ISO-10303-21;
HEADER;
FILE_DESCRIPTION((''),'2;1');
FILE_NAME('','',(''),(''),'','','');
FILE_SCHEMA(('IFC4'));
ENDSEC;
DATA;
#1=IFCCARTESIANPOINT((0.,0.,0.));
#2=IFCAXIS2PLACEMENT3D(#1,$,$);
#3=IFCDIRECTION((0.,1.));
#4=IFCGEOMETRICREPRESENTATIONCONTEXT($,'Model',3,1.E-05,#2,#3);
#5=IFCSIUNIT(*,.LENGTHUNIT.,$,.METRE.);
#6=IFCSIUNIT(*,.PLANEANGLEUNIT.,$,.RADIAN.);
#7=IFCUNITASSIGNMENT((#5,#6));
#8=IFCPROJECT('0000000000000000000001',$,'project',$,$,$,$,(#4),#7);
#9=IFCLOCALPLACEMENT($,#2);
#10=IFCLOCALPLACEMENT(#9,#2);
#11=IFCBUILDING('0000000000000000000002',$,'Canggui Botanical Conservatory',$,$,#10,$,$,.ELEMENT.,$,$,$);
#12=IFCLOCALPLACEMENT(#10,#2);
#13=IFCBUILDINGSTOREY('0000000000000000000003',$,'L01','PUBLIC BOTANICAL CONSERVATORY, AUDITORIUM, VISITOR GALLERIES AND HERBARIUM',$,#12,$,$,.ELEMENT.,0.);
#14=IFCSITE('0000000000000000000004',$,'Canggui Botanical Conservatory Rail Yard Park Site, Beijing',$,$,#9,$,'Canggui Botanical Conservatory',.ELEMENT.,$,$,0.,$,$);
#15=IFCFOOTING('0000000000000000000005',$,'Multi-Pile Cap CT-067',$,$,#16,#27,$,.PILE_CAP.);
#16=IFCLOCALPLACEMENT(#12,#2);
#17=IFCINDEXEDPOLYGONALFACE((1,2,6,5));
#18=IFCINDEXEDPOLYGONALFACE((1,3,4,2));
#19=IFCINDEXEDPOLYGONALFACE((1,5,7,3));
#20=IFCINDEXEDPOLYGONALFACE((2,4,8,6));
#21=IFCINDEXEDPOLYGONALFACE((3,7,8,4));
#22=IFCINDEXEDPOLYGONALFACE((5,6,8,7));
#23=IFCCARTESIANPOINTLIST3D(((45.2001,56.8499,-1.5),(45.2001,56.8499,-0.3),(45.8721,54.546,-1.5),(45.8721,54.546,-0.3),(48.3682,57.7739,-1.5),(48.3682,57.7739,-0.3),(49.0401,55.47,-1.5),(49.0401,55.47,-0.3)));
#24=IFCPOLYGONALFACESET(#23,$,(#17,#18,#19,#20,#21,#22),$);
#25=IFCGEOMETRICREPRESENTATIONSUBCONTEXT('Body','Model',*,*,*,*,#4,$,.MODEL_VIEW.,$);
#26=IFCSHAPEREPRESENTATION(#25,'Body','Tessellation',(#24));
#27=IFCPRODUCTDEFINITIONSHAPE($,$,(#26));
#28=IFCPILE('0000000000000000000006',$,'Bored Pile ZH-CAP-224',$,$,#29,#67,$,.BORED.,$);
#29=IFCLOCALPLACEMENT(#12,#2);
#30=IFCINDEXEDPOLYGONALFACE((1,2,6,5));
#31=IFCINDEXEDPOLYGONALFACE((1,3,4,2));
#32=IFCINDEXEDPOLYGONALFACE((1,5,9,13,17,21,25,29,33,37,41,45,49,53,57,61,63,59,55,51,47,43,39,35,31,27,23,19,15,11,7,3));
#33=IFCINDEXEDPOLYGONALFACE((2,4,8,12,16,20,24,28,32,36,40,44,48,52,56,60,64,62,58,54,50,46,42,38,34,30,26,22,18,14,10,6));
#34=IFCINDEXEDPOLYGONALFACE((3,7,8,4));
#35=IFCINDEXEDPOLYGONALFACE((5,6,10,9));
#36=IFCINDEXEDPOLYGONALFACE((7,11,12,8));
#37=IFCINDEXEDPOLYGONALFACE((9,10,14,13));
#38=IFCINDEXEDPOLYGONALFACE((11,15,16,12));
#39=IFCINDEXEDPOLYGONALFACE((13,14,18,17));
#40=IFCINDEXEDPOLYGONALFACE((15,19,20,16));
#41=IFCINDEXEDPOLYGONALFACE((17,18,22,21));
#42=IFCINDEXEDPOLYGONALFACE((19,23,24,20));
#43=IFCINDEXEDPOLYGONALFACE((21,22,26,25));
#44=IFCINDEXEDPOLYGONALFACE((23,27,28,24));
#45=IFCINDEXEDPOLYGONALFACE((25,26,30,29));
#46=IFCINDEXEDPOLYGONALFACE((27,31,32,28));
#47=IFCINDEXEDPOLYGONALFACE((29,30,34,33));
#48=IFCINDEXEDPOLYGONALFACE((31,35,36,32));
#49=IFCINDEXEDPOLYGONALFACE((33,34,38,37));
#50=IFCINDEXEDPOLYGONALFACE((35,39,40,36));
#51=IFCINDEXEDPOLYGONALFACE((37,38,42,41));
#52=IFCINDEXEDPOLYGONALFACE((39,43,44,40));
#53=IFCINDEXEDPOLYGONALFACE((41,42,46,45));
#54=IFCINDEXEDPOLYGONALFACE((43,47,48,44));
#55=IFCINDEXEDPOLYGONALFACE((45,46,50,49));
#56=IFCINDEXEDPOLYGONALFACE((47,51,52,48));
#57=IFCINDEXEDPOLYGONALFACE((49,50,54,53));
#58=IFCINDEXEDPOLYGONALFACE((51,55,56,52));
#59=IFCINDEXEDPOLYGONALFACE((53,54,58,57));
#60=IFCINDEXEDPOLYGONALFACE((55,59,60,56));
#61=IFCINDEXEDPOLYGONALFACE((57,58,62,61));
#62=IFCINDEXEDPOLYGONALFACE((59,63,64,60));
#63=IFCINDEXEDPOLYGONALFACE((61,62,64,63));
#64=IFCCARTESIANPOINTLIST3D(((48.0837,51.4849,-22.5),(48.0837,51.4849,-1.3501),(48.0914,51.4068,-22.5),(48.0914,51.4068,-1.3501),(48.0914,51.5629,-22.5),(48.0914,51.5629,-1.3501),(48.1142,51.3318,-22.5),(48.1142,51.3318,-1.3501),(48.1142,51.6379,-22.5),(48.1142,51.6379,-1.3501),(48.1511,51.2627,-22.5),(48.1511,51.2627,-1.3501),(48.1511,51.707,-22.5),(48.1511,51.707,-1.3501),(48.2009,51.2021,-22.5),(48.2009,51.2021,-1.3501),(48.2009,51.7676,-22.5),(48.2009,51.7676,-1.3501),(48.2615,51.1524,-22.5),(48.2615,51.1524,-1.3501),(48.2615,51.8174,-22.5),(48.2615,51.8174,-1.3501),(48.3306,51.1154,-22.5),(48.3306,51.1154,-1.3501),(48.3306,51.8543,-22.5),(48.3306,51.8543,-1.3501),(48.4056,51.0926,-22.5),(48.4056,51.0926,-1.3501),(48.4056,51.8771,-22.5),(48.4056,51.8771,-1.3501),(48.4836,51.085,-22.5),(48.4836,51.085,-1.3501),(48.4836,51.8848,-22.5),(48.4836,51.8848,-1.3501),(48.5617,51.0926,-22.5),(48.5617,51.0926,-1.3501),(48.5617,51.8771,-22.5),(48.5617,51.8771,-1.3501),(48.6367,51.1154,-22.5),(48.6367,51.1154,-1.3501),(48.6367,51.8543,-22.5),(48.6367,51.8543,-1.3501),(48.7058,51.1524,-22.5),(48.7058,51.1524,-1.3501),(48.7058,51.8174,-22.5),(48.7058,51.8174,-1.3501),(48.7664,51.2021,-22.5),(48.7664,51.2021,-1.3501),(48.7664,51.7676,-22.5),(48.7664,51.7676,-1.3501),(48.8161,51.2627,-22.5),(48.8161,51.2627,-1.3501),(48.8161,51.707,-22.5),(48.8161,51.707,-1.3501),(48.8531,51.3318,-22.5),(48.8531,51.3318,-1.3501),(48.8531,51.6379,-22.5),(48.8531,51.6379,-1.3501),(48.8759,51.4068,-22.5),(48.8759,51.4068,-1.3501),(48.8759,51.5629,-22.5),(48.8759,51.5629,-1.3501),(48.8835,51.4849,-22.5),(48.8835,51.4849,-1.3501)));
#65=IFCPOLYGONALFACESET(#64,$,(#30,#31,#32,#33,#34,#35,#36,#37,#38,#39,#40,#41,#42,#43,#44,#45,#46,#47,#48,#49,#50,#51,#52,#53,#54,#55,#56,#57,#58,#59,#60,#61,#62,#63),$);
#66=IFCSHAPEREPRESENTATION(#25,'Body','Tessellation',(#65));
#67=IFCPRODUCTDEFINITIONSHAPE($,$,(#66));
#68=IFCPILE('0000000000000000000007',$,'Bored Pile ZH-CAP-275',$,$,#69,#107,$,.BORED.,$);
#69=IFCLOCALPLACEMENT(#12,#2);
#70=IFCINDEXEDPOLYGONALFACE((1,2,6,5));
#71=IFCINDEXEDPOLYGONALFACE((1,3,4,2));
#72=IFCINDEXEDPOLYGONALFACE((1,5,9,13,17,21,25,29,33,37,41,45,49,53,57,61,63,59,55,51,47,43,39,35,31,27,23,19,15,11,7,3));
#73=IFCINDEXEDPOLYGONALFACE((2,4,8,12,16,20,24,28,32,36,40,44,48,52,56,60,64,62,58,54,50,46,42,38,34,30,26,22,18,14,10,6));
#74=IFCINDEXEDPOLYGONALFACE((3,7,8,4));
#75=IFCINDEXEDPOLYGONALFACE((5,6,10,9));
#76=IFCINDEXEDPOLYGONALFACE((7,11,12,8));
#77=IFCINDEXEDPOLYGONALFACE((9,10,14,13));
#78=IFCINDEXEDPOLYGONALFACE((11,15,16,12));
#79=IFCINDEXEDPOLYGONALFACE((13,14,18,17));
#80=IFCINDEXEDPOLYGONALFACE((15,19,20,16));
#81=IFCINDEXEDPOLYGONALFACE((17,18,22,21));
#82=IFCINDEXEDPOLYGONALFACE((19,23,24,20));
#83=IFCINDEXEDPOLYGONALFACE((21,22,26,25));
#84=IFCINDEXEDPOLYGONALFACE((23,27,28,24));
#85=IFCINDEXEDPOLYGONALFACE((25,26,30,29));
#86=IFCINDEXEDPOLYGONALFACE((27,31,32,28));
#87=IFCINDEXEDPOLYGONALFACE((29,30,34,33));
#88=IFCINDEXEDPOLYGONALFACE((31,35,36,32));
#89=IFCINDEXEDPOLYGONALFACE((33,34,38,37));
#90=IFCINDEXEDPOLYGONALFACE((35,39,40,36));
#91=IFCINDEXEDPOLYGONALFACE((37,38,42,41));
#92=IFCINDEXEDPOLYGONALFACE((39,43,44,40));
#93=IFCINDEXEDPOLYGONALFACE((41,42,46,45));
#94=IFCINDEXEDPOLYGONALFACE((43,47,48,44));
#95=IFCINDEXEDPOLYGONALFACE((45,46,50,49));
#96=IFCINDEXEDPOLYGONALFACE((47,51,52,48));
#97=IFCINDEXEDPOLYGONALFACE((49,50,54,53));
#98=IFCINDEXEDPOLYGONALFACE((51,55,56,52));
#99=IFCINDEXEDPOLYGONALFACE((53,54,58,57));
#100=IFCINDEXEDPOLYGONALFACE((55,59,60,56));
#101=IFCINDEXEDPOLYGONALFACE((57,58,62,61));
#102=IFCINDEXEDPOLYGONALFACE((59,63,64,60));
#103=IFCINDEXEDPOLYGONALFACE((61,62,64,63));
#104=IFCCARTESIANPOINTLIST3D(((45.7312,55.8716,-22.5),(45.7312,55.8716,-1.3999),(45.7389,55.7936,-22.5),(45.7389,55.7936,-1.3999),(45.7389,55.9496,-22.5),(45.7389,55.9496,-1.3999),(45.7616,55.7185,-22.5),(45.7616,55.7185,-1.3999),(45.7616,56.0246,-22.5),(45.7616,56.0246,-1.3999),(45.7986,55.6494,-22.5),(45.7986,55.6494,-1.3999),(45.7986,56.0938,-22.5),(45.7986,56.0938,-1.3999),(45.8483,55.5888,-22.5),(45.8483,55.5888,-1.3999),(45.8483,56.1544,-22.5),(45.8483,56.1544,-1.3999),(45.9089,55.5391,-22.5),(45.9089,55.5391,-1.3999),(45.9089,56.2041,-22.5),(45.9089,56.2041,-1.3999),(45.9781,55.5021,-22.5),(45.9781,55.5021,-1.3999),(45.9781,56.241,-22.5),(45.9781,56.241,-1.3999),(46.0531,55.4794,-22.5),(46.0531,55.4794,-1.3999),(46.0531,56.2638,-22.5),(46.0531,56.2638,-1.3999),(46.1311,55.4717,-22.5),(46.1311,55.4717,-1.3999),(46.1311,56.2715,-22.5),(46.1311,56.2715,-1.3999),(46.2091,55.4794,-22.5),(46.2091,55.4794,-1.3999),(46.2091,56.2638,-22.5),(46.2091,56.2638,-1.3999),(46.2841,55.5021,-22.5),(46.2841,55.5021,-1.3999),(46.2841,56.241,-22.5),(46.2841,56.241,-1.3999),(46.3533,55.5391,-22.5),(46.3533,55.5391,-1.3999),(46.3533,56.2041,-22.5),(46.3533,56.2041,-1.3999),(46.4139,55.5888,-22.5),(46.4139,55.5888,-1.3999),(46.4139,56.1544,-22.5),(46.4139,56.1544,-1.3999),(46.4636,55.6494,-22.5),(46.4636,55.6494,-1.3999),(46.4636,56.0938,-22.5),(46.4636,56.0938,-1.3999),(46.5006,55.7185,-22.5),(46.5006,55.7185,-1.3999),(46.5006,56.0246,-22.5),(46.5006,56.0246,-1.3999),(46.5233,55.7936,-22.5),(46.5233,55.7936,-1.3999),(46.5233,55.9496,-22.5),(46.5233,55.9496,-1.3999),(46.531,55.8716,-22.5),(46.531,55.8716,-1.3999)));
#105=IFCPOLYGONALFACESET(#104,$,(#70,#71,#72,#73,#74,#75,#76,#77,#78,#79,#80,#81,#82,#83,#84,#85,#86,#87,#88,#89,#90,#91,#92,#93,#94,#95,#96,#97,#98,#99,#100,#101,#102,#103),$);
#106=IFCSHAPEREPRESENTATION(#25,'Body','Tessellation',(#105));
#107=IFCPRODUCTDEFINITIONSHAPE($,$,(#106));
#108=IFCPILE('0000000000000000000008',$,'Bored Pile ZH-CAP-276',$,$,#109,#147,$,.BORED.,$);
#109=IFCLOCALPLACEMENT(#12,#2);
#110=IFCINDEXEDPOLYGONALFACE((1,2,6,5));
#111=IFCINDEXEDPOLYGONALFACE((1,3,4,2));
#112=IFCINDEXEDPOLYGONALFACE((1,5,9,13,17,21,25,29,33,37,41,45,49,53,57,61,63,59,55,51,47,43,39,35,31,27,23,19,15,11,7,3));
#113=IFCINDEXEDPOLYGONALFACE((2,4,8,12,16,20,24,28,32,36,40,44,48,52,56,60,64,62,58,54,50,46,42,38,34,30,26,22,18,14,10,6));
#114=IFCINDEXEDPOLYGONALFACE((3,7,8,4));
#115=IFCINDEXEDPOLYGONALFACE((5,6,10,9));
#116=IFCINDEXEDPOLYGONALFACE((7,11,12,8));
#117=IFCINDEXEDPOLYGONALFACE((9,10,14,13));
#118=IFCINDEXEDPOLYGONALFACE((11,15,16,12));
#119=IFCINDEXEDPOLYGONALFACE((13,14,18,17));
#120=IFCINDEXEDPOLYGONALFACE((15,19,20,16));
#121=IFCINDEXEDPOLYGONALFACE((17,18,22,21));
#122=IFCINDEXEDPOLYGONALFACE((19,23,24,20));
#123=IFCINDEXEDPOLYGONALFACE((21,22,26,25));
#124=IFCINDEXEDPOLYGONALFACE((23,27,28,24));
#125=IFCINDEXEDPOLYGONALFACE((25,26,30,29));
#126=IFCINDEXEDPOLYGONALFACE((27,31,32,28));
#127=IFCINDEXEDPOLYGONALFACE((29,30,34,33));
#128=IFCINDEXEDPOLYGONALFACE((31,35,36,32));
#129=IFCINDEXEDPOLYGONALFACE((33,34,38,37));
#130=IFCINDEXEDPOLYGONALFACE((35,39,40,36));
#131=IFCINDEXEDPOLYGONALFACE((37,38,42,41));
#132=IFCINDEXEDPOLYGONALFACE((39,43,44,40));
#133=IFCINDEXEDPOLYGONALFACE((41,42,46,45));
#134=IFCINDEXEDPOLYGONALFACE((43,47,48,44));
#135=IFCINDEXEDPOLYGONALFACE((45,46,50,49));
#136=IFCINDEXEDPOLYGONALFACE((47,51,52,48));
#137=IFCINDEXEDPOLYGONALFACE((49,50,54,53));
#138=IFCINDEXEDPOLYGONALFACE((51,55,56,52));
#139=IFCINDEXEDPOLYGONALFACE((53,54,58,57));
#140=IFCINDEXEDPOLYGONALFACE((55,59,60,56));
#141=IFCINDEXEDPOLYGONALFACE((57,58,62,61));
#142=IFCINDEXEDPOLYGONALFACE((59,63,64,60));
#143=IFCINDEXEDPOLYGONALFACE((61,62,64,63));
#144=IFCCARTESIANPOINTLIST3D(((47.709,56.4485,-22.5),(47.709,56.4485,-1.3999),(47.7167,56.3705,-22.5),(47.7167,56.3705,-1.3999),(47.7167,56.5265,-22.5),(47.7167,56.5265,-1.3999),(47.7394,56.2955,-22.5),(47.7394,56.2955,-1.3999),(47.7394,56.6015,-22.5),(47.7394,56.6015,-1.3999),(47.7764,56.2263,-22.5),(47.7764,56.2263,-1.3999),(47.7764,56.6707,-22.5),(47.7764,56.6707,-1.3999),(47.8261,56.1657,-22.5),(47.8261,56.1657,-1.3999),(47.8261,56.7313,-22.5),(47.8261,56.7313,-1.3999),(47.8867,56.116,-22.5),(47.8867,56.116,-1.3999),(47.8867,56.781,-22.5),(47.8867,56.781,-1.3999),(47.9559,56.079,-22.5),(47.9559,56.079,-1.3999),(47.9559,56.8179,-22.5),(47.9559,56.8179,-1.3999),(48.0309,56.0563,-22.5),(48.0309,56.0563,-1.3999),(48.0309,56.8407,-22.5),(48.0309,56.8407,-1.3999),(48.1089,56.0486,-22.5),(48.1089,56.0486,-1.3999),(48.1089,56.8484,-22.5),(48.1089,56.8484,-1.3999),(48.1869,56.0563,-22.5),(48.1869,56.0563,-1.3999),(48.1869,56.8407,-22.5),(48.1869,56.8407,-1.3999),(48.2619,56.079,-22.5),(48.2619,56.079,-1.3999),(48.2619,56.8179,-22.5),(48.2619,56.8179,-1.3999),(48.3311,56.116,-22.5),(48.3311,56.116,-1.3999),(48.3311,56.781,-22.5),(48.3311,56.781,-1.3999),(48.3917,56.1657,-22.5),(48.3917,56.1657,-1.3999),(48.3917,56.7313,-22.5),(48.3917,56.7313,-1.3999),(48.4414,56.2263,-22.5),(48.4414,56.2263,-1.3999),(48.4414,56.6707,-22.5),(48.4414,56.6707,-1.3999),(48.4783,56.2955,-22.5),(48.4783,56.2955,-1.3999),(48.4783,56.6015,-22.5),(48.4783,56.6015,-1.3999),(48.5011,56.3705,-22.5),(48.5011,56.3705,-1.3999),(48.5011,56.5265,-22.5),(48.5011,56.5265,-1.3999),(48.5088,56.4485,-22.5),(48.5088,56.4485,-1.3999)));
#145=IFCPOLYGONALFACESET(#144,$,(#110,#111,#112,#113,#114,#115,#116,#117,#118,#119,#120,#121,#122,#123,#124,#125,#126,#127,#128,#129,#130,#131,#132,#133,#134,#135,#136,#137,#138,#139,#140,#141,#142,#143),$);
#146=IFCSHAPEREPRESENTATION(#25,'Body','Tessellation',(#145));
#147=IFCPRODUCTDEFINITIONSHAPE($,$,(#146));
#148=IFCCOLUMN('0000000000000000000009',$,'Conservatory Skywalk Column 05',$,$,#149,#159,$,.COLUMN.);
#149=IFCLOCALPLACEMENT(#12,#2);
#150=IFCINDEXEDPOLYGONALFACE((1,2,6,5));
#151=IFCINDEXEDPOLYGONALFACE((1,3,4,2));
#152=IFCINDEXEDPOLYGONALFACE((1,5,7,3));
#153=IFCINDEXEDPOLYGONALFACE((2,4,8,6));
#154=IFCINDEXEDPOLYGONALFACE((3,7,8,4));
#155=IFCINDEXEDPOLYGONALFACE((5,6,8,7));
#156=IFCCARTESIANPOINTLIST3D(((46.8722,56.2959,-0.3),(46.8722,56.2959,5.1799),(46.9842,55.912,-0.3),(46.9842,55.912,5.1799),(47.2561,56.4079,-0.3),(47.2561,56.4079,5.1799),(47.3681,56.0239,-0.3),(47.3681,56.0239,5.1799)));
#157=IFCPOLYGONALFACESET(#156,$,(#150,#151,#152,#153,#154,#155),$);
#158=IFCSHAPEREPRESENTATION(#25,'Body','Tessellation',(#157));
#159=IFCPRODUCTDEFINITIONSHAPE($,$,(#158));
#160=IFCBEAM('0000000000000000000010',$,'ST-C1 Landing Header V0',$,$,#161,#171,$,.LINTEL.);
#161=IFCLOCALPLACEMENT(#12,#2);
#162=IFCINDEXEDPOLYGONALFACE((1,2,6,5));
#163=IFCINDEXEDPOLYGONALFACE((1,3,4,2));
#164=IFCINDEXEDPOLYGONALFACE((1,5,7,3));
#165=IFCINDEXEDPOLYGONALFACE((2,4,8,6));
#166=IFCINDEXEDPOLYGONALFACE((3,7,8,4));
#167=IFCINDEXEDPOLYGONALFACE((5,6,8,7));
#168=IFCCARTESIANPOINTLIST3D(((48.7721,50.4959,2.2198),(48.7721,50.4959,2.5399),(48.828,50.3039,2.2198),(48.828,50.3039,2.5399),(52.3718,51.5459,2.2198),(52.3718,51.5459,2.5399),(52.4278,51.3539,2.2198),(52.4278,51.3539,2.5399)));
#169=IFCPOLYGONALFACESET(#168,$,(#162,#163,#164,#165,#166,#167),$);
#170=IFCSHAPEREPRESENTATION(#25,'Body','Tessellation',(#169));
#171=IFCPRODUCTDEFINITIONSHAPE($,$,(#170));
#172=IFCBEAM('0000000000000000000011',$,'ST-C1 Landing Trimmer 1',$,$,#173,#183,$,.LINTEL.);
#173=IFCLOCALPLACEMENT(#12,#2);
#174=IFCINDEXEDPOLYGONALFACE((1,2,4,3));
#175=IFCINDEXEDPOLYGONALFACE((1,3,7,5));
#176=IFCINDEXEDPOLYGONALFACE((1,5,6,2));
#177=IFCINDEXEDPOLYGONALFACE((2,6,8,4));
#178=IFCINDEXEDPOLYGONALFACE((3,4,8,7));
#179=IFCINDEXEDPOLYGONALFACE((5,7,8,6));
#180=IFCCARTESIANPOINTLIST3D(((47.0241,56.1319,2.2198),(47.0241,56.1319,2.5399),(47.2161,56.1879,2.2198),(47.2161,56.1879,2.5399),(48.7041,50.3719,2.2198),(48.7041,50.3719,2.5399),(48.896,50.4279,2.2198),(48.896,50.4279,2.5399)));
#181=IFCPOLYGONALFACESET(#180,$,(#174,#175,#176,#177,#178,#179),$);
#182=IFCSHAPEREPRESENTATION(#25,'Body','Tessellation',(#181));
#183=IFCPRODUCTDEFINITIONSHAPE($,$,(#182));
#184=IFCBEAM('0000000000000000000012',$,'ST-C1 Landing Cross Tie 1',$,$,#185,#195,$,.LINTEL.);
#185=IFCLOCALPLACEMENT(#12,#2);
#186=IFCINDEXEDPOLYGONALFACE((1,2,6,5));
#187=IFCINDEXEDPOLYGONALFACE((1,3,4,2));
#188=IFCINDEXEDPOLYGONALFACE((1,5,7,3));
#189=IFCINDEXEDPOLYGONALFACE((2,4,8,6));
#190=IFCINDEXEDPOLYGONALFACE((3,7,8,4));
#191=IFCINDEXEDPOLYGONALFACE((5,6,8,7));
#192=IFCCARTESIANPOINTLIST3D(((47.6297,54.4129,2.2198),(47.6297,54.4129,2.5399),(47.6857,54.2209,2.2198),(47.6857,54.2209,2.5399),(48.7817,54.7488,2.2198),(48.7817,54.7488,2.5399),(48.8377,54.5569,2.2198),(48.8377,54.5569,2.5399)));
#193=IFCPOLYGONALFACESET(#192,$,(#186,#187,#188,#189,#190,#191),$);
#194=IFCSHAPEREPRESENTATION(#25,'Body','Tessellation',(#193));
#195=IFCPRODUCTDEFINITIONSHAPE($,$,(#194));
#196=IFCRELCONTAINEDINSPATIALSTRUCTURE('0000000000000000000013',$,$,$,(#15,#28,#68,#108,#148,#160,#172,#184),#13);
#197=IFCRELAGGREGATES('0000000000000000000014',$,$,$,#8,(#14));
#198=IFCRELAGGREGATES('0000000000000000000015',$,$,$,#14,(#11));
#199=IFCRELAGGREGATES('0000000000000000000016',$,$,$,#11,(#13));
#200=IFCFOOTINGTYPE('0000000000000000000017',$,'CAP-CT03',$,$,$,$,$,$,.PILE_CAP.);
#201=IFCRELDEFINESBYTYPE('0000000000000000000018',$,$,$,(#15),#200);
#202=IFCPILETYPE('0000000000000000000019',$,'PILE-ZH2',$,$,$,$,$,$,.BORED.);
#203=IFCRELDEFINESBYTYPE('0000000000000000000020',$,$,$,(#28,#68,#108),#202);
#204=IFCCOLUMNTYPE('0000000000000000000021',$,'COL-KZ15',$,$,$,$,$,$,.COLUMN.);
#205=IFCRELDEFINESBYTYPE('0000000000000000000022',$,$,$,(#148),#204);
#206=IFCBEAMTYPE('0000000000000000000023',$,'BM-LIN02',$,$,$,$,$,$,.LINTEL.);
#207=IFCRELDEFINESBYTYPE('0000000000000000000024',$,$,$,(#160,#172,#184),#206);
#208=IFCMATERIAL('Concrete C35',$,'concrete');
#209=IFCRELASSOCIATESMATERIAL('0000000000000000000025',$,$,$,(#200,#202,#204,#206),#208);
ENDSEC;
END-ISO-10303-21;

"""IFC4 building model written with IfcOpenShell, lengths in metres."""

from ifc_helpers import new_model, si_unit, direction, frame, origin, origin_2d, place, context, subcontext, project, spatial, rectangle, circle, extrude, material, material_profile, profile_set, type_object, element, save


model = new_model("IFC4")

# Units and contexts
model_context = context("Model", 3, precision=1e-05, world=origin(), true_north=direction((0.0, 1.0)))
body_context = subcontext(model_context, "Body", "Model", "MODEL_VIEW")
ifc_project = project(units=[si_unit("LENGTHUNIT", "METRE"), si_unit("PLANEANGLEUNIT", "RADIAN")], contexts=[model_context])

# Site, building, storey
site_placement = place(None, origin())
site = spatial("IfcSite", under=ifc_project, at=site_placement, Name="Canggui Botanical Conservatory Rail Yard Park Site, Beijing", LongName="Canggui Botanical Conservatory", CompositionType="ELEMENT", RefElevation=0.0)
building_placement = place(site_placement, origin())
building = spatial("IfcBuilding", under=site, at=building_placement, Name="Canggui Botanical Conservatory", CompositionType="ELEMENT")
storey_placement = place(building_placement, origin())
storey = spatial("IfcBuildingStorey", under=building, at=storey_placement, Name="L01", Description="PUBLIC BOTANICAL CONSERVATORY, AUDITORIUM, VISITOR GALLERIES AND HERBARIUM", CompositionType="ELEMENT", Elevation=0.0)

# Footing
ifc_material_1 = material(Name="Concrete C35", Category="concrete")
footing_type = type_object("IfcFootingType", Name="CAP-CT03", PredefinedType="PILE_CAP", material=ifc_material_1)
footing_placement = place(storey_placement, frame((47.1201, 56.1599, -1.5), z_axis=(0.0, 0.0, 1.0), x_axis=(0.96, 0.28, 0.0)))
element("IfcFooting", 1, at=footing_placement, inside=storey, type_object=footing_type, Name="Multi-Pile Cap CT-067", PredefinedType="PILE_CAP", context=body_context, shape_type="SweptSolid", body=[
    extrude(rectangle(XDim=3.3, YDim=2.3999, at=origin_2d()), origin(), (0.0, 0.0, 1.0), 1.2),
])

# Piles
ifc_material_profile_1 = material_profile(ifc_material_1, circle(Radius=0.3999, at=origin_2d()), Name="PILE D800")
ifc_profile_set_1 = profile_set([ifc_material_profile_1], Name="Concrete C35")
pile_type = type_object("IfcPileType", Name="PILE-ZH2", PredefinedType="BORED", material=ifc_profile_set_1)
pile_placement = place(storey_placement, frame((48.4836, 51.4849, -1.3501), z_axis=(0.0, 0.0, -1.0), x_axis=(1.0, 0.0, 0.0)))
element("IfcPile", 2, at=pile_placement, inside=storey, type_object=pile_type, Name="Bored Pile ZH-CAP-224", PredefinedType="BORED", context=body_context, shape_type="SweptSolid", body=[
    extrude(circle(Radius=0.3999, at=origin_2d()), origin(), (0.0, 0.0, 1.0), 21.1499),
])
for number, where, z_axis, x_axis, name in (
    (3, (46.1311, 55.8716, -1.3999), (0.0, 0.0, -1.0), (1.0, 0.0, 0.0), "Bored Pile ZH-CAP-275"),
    (4, (48.1089, 56.4485, -1.3999), (0.0, 0.0, -1.0), (1.0, 0.0, 0.0), "Bored Pile ZH-CAP-276"),
):
    element("IfcPile", number, at=place(storey_placement, frame(where, z_axis=z_axis, x_axis=x_axis)), inside=storey, type_object=pile_type, Name=name, PredefinedType="BORED", context=body_context, shape_type="SweptSolid", body=[
        extrude(circle(Radius=0.3999, at=origin_2d()), origin(), (0.0, 0.0, 1.0), 21.1001),
    ])

# Column
ifc_material_profile_2 = material_profile(ifc_material_1, rectangle(XDim=0.3999, YDim=0.3999, at=origin_2d()), Name="RC 400x400")
ifc_profile_set_2 = profile_set([ifc_material_profile_2], Name="Concrete C35")
column_type = type_object("IfcColumnType", Name="COL-KZ15", PredefinedType="COLUMN", material=ifc_profile_set_2)
column_placement = place(storey_placement, frame((47.1201, 56.1599, -0.3), z_axis=(0.0, 0.0, 1.0), x_axis=(0.96, 0.28, 0.0)))
element("IfcColumn", 5, at=column_placement, inside=storey, type_object=column_type, Name="Conservatory Skywalk Column 05", PredefinedType="COLUMN", context=body_context, shape_type="SweptSolid", body=[
    extrude(rectangle(XDim=0.3999, YDim=0.3999, at=origin_2d()), origin(), (0.0, 0.0, 1.0), 5.48),
])

# Beams
ifc_material_profile_3 = material_profile(ifc_material_1, rectangle(XDim=0.2, YDim=0.3201, at=origin_2d()), Name="RB 200x320")
ifc_profile_set_3 = profile_set([ifc_material_profile_3], Name="Concrete C35")
beam_type = type_object("IfcBeamType", Name="BM-LIN02", PredefinedType="LINTEL", material=ifc_profile_set_3)
beam_1_placement = place(storey_placement, frame((48.8, 50.3999, 2.3799), z_axis=(0.959993, 0.280023, 0.0), x_axis=(-0.280023, 0.959993, 0.0)))
element("IfcBeam", 6, at=beam_1_placement, inside=storey, type_object=beam_type, Name="ST-C1 Landing Header V0", PredefinedType="LINTEL", context=body_context, shape_type="SweptSolid", body=[
    extrude(rectangle(XDim=0.2, YDim=0.3201, at=origin_2d()), origin(), (0.0, 0.0, 1.0), 3.7498),
])
beam_2_placement = place(storey_placement, frame((48.8, 50.3999, 2.3799), z_axis=(-0.279989, 0.960003, 0.0), x_axis=(-0.960003, -0.279989, 0.0)))
element("IfcBeam", 7, at=beam_2_placement, inside=storey, type_object=beam_type, Name="ST-C1 Landing Trimmer 1", PredefinedType="LINTEL", context=body_context, shape_type="SweptSolid", body=[
    extrude(rectangle(XDim=0.2, YDim=0.3201, at=origin_2d()), origin(), (0.0, 0.0, 1.0), 6.0),
])
beam_3_placement = place(storey_placement, frame((47.6577, 54.3169, 2.3799), z_axis=(0.960005, 0.279984, 0.0), x_axis=(-0.279984, 0.960005, 0.0)))
element("IfcBeam", 8, at=beam_3_placement, inside=storey, type_object=beam_type, Name="ST-C1 Landing Cross Tie 1", PredefinedType="LINTEL", context=body_context, shape_type="SweptSolid", body=[
    extrude(rectangle(XDim=0.2, YDim=0.3201, at=origin_2d()), origin(), (0.0, 0.0, 1.0), 1.2),
])

save(model, "model.ifc")
